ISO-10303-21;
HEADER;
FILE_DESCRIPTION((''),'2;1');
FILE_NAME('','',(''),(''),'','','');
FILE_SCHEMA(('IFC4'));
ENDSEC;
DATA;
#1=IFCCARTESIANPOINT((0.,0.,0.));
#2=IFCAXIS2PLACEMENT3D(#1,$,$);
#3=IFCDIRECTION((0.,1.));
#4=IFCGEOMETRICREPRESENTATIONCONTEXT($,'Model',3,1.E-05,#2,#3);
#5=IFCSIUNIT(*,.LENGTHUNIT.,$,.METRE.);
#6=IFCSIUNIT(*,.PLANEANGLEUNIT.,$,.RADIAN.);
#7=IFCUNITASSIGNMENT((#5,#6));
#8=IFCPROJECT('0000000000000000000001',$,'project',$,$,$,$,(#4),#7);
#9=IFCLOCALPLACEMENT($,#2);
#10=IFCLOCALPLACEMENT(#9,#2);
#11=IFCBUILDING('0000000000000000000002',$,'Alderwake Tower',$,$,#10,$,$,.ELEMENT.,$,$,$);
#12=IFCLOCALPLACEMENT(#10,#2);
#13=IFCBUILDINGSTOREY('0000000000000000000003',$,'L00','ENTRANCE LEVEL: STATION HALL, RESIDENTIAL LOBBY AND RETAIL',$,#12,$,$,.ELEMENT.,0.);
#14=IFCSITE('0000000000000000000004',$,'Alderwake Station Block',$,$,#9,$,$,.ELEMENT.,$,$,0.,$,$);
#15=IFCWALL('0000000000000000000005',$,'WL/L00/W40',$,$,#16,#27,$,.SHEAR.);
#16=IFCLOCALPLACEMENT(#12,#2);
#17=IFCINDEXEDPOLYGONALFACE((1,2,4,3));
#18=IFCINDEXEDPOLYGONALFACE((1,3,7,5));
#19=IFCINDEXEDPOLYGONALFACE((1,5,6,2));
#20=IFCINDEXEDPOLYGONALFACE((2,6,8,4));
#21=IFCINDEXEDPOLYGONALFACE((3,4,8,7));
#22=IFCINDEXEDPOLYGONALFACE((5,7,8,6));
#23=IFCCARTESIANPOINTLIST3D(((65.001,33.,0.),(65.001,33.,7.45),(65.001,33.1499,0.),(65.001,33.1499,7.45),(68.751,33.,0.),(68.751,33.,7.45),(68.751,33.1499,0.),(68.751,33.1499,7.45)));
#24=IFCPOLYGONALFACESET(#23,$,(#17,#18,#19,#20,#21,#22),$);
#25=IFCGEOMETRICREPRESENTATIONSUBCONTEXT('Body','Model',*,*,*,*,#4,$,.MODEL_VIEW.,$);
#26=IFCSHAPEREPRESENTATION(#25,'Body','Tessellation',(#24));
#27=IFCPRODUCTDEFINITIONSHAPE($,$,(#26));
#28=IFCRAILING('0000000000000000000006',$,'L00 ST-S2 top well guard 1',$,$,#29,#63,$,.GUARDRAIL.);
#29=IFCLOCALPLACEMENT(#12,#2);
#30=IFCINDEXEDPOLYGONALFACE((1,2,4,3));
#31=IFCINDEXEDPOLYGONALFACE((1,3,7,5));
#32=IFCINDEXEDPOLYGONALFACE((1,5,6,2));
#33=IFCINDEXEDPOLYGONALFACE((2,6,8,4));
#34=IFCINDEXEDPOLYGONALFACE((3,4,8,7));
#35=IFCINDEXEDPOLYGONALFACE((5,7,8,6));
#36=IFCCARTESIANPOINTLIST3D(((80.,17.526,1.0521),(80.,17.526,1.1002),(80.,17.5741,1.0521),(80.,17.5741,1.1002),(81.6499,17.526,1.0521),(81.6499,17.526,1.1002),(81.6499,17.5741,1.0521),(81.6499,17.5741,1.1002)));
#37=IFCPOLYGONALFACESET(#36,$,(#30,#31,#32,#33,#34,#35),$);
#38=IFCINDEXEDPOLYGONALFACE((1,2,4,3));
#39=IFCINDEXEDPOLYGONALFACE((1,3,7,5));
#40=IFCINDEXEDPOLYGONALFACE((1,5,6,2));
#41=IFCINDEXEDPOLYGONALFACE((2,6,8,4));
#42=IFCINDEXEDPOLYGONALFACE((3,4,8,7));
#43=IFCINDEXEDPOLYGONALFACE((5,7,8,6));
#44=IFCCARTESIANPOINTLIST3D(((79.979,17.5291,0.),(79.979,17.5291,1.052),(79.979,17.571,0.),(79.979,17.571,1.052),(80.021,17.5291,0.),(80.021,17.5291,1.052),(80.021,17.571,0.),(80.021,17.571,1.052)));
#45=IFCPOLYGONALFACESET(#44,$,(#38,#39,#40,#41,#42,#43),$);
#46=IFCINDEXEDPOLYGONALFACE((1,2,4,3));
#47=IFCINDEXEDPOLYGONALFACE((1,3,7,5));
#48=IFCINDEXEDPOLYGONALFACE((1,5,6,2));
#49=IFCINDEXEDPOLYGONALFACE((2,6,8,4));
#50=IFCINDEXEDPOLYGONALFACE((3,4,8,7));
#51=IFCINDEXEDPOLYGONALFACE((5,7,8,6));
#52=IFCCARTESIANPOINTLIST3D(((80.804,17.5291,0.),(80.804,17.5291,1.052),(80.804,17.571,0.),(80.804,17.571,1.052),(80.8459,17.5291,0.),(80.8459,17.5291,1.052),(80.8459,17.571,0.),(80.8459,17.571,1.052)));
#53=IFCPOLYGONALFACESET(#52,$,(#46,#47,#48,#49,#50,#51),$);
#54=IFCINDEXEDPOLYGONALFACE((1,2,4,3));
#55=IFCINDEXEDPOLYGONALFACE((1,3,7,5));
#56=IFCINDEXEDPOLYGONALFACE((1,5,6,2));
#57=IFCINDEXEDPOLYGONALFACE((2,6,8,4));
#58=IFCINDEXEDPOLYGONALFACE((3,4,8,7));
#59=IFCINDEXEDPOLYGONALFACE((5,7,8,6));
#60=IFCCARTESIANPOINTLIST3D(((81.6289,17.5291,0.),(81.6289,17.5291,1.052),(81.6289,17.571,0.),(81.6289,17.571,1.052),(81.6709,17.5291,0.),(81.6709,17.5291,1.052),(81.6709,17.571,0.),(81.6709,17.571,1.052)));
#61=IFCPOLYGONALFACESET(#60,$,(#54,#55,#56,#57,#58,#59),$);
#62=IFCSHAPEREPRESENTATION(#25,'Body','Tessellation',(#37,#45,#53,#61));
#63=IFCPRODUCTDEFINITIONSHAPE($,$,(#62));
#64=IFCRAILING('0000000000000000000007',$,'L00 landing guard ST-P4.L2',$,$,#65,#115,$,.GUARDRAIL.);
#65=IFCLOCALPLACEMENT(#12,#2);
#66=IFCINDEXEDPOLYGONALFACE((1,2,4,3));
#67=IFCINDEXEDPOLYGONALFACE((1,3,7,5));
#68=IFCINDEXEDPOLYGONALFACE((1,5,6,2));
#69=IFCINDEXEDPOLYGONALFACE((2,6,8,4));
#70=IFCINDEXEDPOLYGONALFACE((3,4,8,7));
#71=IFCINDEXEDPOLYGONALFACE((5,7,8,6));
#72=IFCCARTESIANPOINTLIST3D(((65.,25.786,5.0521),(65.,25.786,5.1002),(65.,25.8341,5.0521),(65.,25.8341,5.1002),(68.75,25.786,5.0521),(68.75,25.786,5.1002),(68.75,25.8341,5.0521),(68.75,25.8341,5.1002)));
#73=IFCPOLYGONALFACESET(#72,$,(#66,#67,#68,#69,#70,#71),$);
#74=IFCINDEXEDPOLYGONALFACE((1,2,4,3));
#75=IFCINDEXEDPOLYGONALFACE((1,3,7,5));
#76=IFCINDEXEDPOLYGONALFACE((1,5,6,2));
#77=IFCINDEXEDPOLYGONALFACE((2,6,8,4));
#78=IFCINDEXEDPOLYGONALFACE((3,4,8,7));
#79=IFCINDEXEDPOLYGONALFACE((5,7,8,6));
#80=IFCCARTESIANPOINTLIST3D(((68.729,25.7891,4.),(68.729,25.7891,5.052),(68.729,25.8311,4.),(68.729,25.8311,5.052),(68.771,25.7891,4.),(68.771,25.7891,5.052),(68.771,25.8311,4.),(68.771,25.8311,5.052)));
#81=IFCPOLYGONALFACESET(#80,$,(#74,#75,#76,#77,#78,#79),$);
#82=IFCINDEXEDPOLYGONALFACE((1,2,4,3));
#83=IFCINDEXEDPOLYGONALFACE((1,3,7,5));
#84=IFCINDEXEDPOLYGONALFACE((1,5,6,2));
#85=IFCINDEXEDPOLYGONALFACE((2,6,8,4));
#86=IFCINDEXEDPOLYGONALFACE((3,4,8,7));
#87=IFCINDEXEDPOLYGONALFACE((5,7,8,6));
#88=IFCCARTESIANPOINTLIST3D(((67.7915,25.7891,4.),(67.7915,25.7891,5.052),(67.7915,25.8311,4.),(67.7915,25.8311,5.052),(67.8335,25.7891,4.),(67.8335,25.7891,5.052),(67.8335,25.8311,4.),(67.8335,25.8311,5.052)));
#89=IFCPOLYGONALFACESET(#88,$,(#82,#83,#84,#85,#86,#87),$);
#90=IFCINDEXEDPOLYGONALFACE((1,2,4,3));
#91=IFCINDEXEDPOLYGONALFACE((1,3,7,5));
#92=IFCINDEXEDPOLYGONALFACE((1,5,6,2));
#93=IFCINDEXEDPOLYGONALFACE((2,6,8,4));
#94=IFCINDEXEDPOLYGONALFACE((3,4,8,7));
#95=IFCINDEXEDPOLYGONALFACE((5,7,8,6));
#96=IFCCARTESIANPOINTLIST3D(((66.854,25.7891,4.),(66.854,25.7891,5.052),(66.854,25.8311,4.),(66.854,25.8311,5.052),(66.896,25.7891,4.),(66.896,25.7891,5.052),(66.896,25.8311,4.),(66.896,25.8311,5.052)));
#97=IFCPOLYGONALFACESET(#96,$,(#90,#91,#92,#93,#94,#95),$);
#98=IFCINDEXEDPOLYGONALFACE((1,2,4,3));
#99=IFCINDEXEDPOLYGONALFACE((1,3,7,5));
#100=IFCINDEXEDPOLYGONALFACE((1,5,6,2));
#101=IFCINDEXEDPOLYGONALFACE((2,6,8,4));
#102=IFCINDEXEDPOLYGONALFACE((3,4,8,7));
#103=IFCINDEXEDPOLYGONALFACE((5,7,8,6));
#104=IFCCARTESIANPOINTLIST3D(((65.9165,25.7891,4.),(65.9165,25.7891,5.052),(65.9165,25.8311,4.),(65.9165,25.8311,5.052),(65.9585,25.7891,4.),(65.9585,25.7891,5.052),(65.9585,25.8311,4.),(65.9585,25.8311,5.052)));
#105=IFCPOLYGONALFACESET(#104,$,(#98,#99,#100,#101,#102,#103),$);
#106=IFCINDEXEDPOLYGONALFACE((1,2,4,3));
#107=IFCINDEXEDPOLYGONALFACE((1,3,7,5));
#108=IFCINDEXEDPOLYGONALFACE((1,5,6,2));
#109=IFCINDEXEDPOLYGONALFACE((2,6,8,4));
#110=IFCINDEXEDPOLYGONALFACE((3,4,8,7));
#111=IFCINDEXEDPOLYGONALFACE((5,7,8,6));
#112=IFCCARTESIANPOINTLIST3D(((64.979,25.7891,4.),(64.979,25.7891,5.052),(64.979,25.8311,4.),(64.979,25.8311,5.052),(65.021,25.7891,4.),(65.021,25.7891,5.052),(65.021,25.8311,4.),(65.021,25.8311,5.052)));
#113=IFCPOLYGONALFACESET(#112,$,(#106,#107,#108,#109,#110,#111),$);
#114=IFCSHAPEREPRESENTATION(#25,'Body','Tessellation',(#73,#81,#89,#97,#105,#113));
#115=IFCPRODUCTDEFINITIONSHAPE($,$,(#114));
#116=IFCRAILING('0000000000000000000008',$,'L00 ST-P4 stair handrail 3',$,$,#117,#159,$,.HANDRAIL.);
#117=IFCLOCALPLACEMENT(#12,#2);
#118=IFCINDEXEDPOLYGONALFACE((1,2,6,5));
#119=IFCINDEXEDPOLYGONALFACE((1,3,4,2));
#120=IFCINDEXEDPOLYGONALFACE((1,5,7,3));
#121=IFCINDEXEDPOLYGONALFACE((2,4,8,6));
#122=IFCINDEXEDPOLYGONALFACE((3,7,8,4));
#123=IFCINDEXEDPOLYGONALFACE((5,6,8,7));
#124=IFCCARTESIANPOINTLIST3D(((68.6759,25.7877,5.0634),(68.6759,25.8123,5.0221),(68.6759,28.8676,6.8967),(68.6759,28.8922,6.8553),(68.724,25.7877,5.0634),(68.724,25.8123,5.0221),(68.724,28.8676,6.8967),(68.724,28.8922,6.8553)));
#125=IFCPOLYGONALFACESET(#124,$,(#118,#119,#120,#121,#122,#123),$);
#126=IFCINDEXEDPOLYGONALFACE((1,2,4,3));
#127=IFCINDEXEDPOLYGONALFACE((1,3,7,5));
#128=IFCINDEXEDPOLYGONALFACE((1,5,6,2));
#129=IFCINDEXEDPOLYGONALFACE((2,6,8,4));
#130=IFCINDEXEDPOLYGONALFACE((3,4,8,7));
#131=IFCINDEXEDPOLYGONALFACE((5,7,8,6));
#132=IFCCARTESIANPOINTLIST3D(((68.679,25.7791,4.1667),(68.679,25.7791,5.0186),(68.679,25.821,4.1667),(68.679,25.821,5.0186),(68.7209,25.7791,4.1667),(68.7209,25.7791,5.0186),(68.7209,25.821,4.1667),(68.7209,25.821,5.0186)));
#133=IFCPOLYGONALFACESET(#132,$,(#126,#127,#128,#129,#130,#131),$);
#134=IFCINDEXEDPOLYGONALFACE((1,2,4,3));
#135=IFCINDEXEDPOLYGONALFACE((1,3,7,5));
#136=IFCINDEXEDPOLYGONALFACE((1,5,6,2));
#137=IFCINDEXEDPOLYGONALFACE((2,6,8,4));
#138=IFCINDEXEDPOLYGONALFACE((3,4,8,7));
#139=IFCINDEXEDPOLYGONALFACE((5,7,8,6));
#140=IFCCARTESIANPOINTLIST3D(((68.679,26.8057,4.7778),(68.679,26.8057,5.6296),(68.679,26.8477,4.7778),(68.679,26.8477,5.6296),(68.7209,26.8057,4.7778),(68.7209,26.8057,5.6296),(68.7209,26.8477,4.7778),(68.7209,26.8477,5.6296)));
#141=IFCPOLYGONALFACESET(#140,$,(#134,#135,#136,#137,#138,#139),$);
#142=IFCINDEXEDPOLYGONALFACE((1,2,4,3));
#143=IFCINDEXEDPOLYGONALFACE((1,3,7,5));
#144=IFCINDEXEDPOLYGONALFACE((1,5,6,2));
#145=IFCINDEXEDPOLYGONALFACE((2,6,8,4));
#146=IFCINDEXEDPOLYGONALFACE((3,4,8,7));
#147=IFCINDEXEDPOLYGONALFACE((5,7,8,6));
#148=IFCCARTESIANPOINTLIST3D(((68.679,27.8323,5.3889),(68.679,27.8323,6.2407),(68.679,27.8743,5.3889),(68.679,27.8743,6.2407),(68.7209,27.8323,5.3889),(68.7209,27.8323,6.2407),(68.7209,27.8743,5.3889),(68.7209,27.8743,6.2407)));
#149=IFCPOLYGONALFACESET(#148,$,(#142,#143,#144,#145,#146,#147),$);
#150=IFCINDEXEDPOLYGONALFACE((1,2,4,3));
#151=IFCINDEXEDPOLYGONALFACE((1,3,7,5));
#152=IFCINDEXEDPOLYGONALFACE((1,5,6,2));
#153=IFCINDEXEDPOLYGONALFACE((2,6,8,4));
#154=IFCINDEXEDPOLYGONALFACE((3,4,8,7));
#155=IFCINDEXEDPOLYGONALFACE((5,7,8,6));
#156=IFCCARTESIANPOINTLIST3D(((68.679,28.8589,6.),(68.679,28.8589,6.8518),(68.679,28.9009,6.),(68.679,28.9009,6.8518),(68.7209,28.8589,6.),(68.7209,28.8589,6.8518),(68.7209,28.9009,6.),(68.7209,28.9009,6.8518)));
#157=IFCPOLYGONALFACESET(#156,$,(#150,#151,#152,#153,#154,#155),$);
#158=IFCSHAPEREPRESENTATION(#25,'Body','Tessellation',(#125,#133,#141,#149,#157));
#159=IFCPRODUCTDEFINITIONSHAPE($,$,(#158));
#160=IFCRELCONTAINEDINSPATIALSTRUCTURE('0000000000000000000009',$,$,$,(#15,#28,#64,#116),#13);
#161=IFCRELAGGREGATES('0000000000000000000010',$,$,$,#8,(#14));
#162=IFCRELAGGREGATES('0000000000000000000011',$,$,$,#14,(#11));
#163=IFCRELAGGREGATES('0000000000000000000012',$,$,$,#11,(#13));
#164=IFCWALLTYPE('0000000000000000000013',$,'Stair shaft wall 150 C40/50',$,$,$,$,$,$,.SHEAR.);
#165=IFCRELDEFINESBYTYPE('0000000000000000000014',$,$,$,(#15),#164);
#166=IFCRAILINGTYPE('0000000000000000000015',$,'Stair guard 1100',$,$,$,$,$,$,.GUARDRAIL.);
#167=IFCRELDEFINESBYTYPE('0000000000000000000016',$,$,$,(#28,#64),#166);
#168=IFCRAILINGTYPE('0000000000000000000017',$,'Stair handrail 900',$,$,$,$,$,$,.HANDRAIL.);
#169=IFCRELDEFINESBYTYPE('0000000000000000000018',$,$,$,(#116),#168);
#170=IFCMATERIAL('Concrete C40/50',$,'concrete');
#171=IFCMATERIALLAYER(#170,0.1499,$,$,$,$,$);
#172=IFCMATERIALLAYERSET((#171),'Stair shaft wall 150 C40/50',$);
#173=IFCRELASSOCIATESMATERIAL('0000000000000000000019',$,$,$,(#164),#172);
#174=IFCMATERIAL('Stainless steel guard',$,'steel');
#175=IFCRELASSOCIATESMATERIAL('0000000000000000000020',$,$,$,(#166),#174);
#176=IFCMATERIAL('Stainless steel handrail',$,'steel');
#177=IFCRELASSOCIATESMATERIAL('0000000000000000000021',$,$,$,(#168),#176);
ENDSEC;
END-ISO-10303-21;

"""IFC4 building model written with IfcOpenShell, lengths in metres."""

from ifc_helpers import new_model, si_unit, direction, frame, frame_2d, origin, origin_with_axes, origin_2d, place, context, subcontext, project, spatial, rectangle, extrude, material, layer, layer_set, type_object, element, save


model = new_model("IFC4")

# Units and contexts
model_context = context("Model", 3, precision=1e-05, world=origin(), true_north=direction((0.0, 1.0)))
body_context = subcontext(model_context, "Body", "Model", "MODEL_VIEW")
ifc_project = project(units=[si_unit("LENGTHUNIT", "METRE"), si_unit("PLANEANGLEUNIT", "RADIAN")], contexts=[model_context])

# Site, building, storey
site_placement = place(None, origin())
site = spatial("IfcSite", under=ifc_project, at=site_placement, Name="Alderwake Station Block", CompositionType="ELEMENT", RefElevation=0.0)
building_placement = place(site_placement, origin())
building = spatial("IfcBuilding", under=site, at=building_placement, Name="Alderwake Tower", CompositionType="ELEMENT")
storey_placement = place(building_placement, origin())
storey = spatial("IfcBuildingStorey", under=building, at=storey_placement, Name="L00", Description="ENTRANCE LEVEL: STATION HALL, RESIDENTIAL LOBBY AND RETAIL", CompositionType="ELEMENT", Elevation=0.0)

# Shared definitions
ifc_material_1 = material(Name="Concrete C40/50", Category="concrete")
ifc_layer_1 = layer(ifc_material_1, 0.1499)
ifc_layer_set_1 = layer_set([ifc_layer_1], Name="Stair shaft wall 150 C40/50")
wall_type_1 = type_object("IfcWallType", Name="Stair shaft wall 150 C40/50", PredefinedType="SHEAR", material=ifc_layer_set_1)

# Wall
wall_1_placement = place(storey_placement, frame((68.751, 33.075, 0.0), z_axis=(0.0, 0.0, 1.0), x_axis=(-1.0, 0.0, 0.0)))
element("IfcWall", 1, at=wall_1_placement, inside=storey, type_object=wall_type_1, Name="WL/L00/W40", PredefinedType="SHEAR", context=body_context, shape_type="SweptSolid", body=[
    extrude(rectangle(XDim=3.75, YDim=0.1499, at=frame_2d((1.875, 0.0))), origin(), (0.0, 0.0, 1.0), 7.45),
])

# Railings
ifc_material_2 = material(Name="Stainless steel guard", Category="steel")
railing_type_1 = type_object("IfcRailingType", Name="Stair guard 1100", PredefinedType="GUARDRAIL", material=ifc_material_2)
railing_1_placement = place(storey_placement, frame((80.0, 17.55, 0.0)))
element("IfcRailing", 2, at=railing_1_placement, inside=storey, type_object=railing_type_1, Name="L00 ST-S2 top well guard 1", PredefinedType="GUARDRAIL", context=body_context, shape_type="SweptSolid", body=[
    extrude(rectangle(XDim=0.0481, YDim=0.0481, at=origin_2d()), frame((0.0, 0.0, 1.0762), z_axis=(1.0, 0.0, 0.0), x_axis=(0.0, 1.0, 0.0)), (0.0, 0.0, 1.0), 1.6499),
    extrude(rectangle(XDim=0.042, YDim=0.042, at=origin_2d()), origin_with_axes(), (0.0, 0.0, 1.0), 1.052),
    extrude(rectangle(XDim=0.042, YDim=0.042, at=origin_2d()), frame((0.825, 0.0, 0.0), z_axis=(0.0, 0.0, 1.0), x_axis=(1.0, 0.0, 0.0)), (0.0, 0.0, 1.0), 1.052),
    extrude(rectangle(XDim=0.042, YDim=0.042, at=origin_2d()), frame((1.6499, 0.0, 0.0), z_axis=(0.0, 0.0, 1.0), x_axis=(1.0, 0.0, 0.0)), (0.0, 0.0, 1.0), 1.052),
])
railing_2_placement = place(storey_placement, frame((68.75, 25.8101, 4.0)))
element("IfcRailing", 3, at=railing_2_placement, inside=storey, type_object=railing_type_1, Name="L00 landing guard ST-P4.L2", PredefinedType="GUARDRAIL", context=body_context, shape_type="SweptSolid", body=[
    extrude(rectangle(XDim=0.0481, YDim=0.0481, at=origin_2d()), frame((0.0, 0.0, 1.0762), z_axis=(-1.0, 0.0, 0.0), x_axis=(0.0, -1.0, 0.0)), (0.0, 0.0, 1.0), 3.75),
    extrude(rectangle(XDim=0.042, YDim=0.042, at=origin_2d()), frame((0.0, 0.0, 0.0), z_axis=(0.0, 0.0, 1.0), x_axis=(-1.0, 0.0, 0.0)), (0.0, 0.0, 1.0), 1.052),
    extrude(rectangle(XDim=0.042, YDim=0.042, at=origin_2d()), frame((-0.9375, 0.0, 0.0), z_axis=(0.0, 0.0, 1.0), x_axis=(-1.0, 0.0, 0.0)), (0.0, 0.0, 1.0), 1.052),
    extrude(rectangle(XDim=0.042, YDim=0.042, at=origin_2d()), frame((-1.875, 0.0, 0.0), z_axis=(0.0, 0.0, 1.0), x_axis=(-1.0, 0.0, 0.0)), (0.0, 0.0, 1.0), 1.052),
    extrude(rectangle(XDim=0.042, YDim=0.042, at=origin_2d()), frame((-2.8125, 0.0, 0.0), z_axis=(0.0, 0.0, 1.0), x_axis=(-1.0, 0.0, 0.0)), (0.0, 0.0, 1.0), 1.052),
    extrude(rectangle(XDim=0.042, YDim=0.042, at=origin_2d()), frame((-3.75, 0.0, 0.0), z_axis=(0.0, 0.0, 1.0), x_axis=(-1.0, 0.0, 0.0)), (0.0, 0.0, 1.0), 1.052),
])
ifc_material_3 = material(Name="Stainless steel handrail", Category="steel")
railing_type_2 = type_object("IfcRailingType", Name="Stair handrail 900", PredefinedType="HANDRAIL", material=ifc_material_3)
railing_3_placement = place(storey_placement, frame((68.7, 25.8, 4.1667)))
element("IfcRailing", 4, at=railing_3_placement, inside=storey, type_object=railing_type_2, Name="L00 ST-P4 stair handrail 3", PredefinedType="HANDRAIL", context=body_context, shape_type="SweptSolid", body=[
    extrude(rectangle(XDim=0.0481, YDim=0.0481, at=origin_2d()), frame((0.0, 0.0, 0.876), z_axis=(0.0, 0.859291, 0.511487), x_axis=(-1.0, 0.0, 0.0)), (0.0, 0.0, 1.0), 3.5842),
    extrude(rectangle(XDim=0.042, YDim=0.042, at=origin_2d()), frame((0.0, 0.0, 0.0), z_axis=(0.0, 0.0, 1.0), x_axis=(0.0, 1.0, 0.0)), (0.0, 0.0, 1.0), 0.8518),
    extrude(rectangle(XDim=0.042, YDim=0.042, at=origin_2d()), frame((0.0, 1.0266, 0.6111), z_axis=(0.0, 0.0, 1.0), x_axis=(0.0, 1.0, 0.0)), (0.0, 0.0, 1.0), 0.8518),
    extrude(rectangle(XDim=0.042, YDim=0.042, at=origin_2d()), frame((0.0, 2.0532, 1.2222), z_axis=(0.0, 0.0, 1.0), x_axis=(0.0, 1.0, 0.0)), (0.0, 0.0, 1.0), 0.8518),
    extrude(rectangle(XDim=0.042, YDim=0.042, at=origin_2d()), frame((0.0, 3.0798, 1.8333), z_axis=(0.0, 0.0, 1.0), x_axis=(0.0, 1.0, 0.0)), (0.0, 0.0, 1.0), 0.8518),
])

save(model, "model.ifc")
